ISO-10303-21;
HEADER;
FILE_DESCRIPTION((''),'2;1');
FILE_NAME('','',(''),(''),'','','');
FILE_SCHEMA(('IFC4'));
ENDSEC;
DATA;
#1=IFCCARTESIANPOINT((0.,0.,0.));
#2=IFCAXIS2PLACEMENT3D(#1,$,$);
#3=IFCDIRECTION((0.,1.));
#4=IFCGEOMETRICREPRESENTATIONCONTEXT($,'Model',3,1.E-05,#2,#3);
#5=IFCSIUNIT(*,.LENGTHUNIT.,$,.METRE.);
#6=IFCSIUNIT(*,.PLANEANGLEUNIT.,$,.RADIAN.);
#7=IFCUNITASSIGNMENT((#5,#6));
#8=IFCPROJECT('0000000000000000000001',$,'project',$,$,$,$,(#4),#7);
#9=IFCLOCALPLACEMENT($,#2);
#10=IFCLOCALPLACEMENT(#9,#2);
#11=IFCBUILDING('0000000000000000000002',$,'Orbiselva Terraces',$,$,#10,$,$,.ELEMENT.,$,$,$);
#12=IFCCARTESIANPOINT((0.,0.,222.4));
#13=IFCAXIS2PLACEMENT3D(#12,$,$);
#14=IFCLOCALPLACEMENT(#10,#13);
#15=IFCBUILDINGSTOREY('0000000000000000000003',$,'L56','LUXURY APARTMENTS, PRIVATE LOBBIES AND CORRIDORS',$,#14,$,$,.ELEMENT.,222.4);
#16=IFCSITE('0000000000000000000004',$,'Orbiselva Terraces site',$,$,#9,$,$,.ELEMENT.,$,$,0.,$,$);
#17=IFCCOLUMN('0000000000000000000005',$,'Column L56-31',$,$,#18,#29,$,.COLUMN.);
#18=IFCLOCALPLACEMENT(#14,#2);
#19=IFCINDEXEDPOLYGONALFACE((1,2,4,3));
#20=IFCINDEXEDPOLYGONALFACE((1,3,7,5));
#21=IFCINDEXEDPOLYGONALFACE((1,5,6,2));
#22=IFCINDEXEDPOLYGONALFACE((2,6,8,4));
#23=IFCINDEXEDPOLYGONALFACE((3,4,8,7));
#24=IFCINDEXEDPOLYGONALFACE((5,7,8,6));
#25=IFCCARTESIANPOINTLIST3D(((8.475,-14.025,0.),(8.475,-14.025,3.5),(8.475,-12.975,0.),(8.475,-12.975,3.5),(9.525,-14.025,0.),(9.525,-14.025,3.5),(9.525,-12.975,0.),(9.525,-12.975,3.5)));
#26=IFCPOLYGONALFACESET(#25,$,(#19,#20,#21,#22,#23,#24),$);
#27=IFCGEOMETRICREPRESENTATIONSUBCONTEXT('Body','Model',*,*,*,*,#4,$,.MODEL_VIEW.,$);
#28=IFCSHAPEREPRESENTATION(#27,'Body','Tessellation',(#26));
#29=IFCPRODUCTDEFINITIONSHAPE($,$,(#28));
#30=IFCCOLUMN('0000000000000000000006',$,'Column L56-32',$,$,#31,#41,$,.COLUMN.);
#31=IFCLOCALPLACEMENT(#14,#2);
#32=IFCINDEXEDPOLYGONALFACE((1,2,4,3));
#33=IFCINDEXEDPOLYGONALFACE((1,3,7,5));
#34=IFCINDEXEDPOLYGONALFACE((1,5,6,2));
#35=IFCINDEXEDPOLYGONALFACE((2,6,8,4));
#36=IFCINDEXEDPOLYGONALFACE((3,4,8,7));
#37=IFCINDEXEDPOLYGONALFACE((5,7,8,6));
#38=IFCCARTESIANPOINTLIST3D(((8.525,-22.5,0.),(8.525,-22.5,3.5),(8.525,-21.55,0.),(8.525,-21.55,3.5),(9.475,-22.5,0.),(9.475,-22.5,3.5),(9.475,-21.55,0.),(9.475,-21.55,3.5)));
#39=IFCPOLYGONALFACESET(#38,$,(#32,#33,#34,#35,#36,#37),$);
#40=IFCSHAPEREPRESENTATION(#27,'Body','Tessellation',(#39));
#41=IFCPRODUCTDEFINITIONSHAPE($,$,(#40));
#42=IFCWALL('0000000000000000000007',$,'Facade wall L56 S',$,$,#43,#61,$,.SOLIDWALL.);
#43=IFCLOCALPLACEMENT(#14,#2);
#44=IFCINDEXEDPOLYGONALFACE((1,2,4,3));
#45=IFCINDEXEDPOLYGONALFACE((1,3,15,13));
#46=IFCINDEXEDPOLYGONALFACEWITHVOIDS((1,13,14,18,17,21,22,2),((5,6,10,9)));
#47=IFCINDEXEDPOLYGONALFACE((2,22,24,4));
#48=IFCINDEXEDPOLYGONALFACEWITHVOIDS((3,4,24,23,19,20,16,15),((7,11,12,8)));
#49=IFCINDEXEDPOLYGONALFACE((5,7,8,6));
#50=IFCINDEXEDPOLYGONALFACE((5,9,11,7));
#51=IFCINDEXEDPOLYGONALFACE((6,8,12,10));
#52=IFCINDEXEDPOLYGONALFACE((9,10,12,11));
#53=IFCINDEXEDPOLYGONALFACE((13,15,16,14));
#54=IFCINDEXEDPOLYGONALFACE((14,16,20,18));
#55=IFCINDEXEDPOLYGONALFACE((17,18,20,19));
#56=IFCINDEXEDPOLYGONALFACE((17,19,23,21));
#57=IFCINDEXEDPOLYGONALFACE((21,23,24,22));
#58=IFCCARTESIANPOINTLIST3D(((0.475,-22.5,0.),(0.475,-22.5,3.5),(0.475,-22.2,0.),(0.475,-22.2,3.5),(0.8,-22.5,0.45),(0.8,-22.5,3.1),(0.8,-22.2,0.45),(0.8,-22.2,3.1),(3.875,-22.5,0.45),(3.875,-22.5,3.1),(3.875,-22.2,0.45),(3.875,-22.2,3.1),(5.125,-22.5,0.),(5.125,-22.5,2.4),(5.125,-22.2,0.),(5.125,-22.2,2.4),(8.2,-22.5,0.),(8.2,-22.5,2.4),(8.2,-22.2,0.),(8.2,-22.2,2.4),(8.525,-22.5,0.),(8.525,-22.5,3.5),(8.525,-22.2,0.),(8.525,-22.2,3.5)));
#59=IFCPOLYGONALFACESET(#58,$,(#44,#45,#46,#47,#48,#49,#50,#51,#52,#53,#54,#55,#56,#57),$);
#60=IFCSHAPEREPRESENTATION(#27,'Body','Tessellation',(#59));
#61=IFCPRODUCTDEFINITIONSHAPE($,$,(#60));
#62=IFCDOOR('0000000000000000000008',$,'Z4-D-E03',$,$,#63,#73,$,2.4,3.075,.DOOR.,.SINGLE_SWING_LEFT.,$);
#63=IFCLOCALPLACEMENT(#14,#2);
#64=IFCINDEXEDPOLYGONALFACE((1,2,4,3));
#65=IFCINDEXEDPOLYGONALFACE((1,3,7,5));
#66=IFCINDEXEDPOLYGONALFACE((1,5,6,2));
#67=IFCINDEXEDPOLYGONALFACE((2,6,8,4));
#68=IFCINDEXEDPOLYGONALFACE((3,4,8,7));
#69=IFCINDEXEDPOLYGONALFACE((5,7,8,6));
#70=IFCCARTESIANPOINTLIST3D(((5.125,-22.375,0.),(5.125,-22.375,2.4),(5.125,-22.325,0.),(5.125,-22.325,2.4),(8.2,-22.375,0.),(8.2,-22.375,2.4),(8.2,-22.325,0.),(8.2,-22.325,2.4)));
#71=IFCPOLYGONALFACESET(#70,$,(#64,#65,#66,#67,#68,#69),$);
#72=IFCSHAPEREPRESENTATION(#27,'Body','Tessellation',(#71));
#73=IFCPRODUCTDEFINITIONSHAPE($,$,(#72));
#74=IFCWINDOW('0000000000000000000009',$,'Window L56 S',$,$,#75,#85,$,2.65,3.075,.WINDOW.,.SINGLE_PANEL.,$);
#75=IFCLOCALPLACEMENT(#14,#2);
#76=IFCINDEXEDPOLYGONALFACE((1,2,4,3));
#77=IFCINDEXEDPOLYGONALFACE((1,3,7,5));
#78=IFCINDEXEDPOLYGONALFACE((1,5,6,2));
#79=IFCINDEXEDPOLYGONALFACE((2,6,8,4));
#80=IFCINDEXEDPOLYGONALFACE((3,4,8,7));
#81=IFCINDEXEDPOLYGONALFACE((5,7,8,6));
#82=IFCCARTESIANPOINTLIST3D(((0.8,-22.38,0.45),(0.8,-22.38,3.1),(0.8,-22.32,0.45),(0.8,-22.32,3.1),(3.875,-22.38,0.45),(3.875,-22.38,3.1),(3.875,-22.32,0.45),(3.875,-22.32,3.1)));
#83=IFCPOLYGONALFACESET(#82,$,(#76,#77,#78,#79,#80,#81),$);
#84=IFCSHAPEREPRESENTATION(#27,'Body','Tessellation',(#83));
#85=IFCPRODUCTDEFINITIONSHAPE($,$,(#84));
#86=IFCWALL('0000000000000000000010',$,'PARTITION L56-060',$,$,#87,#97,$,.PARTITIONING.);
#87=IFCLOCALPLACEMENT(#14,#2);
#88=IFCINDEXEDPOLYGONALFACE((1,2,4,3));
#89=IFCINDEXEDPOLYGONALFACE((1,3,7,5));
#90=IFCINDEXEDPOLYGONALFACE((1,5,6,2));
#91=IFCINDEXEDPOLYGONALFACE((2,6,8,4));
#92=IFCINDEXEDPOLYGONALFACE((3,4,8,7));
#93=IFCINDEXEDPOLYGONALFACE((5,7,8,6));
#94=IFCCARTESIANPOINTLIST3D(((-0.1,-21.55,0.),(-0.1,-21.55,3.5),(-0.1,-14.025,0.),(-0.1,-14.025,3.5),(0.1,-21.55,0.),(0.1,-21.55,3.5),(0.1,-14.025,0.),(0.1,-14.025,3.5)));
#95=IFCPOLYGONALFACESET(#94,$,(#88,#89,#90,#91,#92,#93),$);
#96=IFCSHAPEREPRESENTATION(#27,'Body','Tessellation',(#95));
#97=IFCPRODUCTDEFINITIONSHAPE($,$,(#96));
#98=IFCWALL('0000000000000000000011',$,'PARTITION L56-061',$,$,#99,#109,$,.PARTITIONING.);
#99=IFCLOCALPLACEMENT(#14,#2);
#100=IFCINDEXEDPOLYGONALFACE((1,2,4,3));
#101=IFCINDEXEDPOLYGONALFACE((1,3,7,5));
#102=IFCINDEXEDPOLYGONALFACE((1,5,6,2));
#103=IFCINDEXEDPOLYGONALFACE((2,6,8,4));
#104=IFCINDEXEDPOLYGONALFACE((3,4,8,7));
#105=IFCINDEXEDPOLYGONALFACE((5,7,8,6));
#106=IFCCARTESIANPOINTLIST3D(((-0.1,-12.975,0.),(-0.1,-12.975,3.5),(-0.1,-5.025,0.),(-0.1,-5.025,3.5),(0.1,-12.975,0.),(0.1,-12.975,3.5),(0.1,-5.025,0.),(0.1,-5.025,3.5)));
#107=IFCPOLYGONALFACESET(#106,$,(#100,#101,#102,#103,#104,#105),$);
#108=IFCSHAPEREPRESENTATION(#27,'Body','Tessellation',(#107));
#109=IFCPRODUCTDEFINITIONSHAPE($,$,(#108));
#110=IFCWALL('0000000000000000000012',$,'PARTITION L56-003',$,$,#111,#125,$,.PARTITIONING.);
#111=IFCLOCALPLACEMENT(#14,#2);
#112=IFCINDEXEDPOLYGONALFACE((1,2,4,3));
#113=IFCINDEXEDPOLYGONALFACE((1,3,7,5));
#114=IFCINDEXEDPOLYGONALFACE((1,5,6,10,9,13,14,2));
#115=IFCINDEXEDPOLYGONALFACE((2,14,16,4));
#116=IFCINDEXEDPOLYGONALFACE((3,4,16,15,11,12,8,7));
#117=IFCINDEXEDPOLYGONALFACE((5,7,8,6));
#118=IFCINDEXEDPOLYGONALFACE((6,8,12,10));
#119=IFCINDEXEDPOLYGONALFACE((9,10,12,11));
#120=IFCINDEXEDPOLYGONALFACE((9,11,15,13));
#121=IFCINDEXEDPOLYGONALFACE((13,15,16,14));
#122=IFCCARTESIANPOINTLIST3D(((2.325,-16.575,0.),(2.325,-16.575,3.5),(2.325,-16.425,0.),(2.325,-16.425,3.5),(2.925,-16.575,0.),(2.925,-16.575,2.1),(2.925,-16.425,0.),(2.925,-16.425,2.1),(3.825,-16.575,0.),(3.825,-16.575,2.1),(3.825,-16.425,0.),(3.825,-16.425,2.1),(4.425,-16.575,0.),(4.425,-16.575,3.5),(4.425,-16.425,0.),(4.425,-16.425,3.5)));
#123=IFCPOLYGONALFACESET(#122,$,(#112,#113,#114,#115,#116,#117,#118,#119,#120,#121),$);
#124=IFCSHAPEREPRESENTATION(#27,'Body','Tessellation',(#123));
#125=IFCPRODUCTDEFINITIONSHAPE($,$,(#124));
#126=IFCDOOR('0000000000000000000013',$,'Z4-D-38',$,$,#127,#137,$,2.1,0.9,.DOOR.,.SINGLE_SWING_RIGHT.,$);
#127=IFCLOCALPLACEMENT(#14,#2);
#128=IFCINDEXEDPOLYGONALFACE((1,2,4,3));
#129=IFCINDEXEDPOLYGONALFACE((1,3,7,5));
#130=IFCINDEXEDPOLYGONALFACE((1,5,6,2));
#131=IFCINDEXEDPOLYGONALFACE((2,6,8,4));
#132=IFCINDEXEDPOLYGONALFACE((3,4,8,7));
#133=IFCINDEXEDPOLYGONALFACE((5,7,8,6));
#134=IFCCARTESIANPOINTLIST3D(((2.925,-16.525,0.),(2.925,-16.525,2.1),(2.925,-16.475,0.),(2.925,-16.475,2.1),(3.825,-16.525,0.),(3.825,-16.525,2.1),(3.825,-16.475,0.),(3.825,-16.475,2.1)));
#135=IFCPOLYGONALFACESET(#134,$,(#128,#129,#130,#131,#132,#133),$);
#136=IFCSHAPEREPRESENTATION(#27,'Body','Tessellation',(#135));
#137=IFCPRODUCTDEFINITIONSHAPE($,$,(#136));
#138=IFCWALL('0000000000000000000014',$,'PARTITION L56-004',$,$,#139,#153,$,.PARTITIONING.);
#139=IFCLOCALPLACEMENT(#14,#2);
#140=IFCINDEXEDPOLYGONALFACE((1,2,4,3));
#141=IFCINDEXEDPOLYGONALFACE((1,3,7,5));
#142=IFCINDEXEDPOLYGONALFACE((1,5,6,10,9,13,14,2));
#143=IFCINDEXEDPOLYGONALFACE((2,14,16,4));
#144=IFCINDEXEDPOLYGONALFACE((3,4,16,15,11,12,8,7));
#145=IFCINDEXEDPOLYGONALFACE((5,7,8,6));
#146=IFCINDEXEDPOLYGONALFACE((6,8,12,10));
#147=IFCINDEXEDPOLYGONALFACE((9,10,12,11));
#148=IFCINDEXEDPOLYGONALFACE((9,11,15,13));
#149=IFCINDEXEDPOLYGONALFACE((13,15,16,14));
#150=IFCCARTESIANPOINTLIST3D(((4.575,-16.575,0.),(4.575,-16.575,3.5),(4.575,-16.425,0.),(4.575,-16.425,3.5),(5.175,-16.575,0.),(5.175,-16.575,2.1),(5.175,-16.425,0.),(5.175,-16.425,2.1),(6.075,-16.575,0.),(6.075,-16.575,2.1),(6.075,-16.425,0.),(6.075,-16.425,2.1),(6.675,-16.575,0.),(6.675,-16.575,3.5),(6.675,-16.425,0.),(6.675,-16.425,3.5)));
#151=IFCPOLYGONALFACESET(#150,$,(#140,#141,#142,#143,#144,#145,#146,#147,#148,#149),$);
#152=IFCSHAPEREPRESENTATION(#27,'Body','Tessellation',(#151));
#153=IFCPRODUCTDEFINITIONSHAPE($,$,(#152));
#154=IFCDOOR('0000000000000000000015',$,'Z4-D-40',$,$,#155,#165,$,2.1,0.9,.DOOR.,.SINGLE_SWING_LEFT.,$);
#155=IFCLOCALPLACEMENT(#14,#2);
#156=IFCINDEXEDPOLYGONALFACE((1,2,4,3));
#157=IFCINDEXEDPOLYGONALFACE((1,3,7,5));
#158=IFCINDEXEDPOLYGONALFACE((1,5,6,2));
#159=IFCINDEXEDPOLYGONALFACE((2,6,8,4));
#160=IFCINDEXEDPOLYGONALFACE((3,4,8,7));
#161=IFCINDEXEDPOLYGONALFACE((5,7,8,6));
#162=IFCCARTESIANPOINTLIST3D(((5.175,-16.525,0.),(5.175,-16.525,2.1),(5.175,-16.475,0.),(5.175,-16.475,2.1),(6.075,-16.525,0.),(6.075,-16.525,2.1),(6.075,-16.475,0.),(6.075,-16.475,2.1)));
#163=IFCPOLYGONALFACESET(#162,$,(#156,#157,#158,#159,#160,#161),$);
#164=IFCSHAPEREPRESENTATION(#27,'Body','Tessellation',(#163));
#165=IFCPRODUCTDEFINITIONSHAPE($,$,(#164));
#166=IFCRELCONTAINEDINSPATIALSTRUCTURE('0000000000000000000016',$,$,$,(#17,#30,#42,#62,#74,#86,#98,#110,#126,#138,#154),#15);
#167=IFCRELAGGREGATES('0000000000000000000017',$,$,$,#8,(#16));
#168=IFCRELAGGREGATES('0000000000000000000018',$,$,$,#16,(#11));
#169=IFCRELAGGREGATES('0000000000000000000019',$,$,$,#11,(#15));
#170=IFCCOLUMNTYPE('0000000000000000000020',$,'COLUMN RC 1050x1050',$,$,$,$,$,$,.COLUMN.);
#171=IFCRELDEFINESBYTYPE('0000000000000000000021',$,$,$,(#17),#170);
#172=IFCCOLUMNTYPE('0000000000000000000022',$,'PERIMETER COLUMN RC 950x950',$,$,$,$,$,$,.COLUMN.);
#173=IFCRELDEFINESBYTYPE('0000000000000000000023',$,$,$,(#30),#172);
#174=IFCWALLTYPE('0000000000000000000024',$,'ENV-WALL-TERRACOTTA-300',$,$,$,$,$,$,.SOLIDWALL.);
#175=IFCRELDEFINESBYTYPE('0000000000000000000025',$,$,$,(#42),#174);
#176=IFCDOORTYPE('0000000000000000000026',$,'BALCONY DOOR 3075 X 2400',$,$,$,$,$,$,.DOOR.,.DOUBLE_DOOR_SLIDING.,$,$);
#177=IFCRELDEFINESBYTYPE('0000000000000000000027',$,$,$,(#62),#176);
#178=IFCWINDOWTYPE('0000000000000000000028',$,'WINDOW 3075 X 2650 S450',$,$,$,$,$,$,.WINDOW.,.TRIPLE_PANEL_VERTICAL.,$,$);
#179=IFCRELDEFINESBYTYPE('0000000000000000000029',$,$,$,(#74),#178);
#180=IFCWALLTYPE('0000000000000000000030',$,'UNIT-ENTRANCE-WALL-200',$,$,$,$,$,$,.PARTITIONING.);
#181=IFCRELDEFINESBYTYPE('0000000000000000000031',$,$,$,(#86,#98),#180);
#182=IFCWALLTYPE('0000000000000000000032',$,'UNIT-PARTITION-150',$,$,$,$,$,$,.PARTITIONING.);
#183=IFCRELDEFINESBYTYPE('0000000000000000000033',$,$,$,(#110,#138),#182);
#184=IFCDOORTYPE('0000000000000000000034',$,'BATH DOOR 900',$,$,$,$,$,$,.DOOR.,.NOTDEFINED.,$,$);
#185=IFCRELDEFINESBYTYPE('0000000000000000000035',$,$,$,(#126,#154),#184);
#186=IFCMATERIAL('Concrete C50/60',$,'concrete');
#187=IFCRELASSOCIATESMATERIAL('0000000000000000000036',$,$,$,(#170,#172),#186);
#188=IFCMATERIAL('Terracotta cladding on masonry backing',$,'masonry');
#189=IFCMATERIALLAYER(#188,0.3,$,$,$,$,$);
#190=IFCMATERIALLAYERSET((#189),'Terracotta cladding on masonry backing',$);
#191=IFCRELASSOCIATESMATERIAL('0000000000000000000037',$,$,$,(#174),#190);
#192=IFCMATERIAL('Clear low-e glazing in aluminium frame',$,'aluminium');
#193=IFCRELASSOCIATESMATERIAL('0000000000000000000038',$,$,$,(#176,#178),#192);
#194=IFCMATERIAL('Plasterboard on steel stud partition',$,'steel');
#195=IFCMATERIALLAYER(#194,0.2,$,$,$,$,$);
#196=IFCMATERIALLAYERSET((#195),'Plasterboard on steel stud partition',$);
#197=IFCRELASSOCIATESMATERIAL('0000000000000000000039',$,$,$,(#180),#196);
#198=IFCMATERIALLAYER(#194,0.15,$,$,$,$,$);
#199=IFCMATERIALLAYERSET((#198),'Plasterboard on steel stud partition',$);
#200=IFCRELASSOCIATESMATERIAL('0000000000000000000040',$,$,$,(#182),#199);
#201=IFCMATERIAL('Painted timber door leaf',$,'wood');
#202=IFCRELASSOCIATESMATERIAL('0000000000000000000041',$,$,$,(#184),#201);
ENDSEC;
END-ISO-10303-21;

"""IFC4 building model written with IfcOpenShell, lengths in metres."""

from ifc_helpers import new_model, si_unit, direction, frame, frame_2d, origin, origin_2d, place, context, subcontext, project, spatial, rectangle, extrude, material, layer, layer_set, material_profile, profile_set, type_object, element, fill, save


model = new_model("IFC4")

# Units and contexts
model_context = context("Model", 3, precision=1e-05, world=origin(), true_north=direction((0.0, 1.0)))
body_context = subcontext(model_context, "Body", "Model", "MODEL_VIEW")
ifc_project = project(units=[si_unit("LENGTHUNIT", "METRE"), si_unit("PLANEANGLEUNIT", "RADIAN")], contexts=[model_context])

# Site, building, storey
site_placement = place(None, origin())
site = spatial("IfcSite", under=ifc_project, at=site_placement, Name="Orbiselva Terraces site", CompositionType="ELEMENT", RefElevation=0.0)
building_placement = place(site_placement, origin())
building = spatial("IfcBuilding", under=site, at=building_placement, Name="Orbiselva Terraces", CompositionType="ELEMENT")
storey_placement = place(building_placement, frame((0.0, 0.0, 222.4)))
storey = spatial("IfcBuildingStorey", under=building, at=storey_placement, Name="L56", Description="LUXURY APARTMENTS, PRIVATE LOBBIES AND CORRIDORS", CompositionType="ELEMENT", Elevation=222.4)

# Columns
ifc_material_1 = material(Name="Concrete C50/60", Category="concrete")
ifc_material_profile_1 = material_profile(ifc_material_1, rectangle(XDim=1.05, YDim=1.05, at=origin_2d()), Name="RC 1050x1050")
ifc_profile_set_1 = profile_set([ifc_material_profile_1], Name="Concrete C50/60")
column_type_1 = type_object("IfcColumnType", Name="COLUMN RC 1050x1050", PredefinedType="COLUMN", material=ifc_profile_set_1)
column_1_placement = place(storey_placement, frame((9.0, -13.5, 0.0), z_axis=(0.0, 0.0, 1.0), x_axis=(1.0, 0.0, 0.0)))
element("IfcColumn", 1, at=column_1_placement, inside=storey, type_object=column_type_1, Name="Column L56-31", PredefinedType="COLUMN", context=body_context, shape_type="SweptSolid", body=[
    extrude(rectangle(XDim=1.05, YDim=1.05, at=origin_2d()), origin(), (0.0, 0.0, 1.0), 3.5),
])
ifc_material_profile_2 = material_profile(ifc_material_1, rectangle(XDim=0.95, YDim=0.95, at=origin_2d()), Name="RC 950x950")
ifc_profile_set_2 = profile_set([ifc_material_profile_2], Name="Concrete C50/60")
column_type_2 = type_object("IfcColumnType", Name="PERIMETER COLUMN RC 950x950", PredefinedType="COLUMN", material=ifc_profile_set_2)
column_2_placement = place(storey_placement, frame((9.0, -22.025, 0.0), z_axis=(0.0, 0.0, 1.0), x_axis=(1.0, 0.0, 0.0)))
element("IfcColumn", 2, at=column_2_placement, inside=storey, type_object=column_type_2, Name="Column L56-32", PredefinedType="COLUMN", context=body_context, shape_type="SweptSolid", body=[
    extrude(rectangle(XDim=0.95, YDim=0.95, at=origin_2d()), origin(), (0.0, 0.0, 1.0), 3.5),
])

# Wall, openings, door, window
ifc_material_2 = material(Name="Terracotta cladding on masonry backing", Category="masonry")
ifc_layer_1 = layer(ifc_material_2, 0.3)
ifc_layer_set_1 = layer_set([ifc_layer_1], Name="Terracotta cladding on masonry backing")
wall_type_1 = type_object("IfcWallType", Name="ENV-WALL-TERRACOTTA-300", PredefinedType="SOLIDWALL", material=ifc_layer_set_1)
wall_1_placement = place(storey_placement, frame((8.525, -22.35, 0.0), z_axis=(0.0, 0.0, 1.0), x_axis=(-1.0, 0.0, 0.0)))
wall_1 = element("IfcWall", 3, at=wall_1_placement, inside=storey, type_object=wall_type_1, Name="Facade wall L56 S", PredefinedType="SOLIDWALL", context=body_context, shape_type="SweptSolid", body=[
    extrude(rectangle(XDim=8.05, YDim=0.3, at=frame_2d((4.025, 0.0))), origin(), (0.0, 0.0, 1.0), 3.5),
])
opening_1_placement = place(wall_1_placement, frame((4.65, 0.0, 0.45)))
opening_1 = element("IfcOpeningElement", 4, at=opening_1_placement, cuts=wall_1, PredefinedType="OPENING", context=body_context, shape_type="SweptSolid", body=[
    extrude(rectangle(XDim=3.075, YDim=2.65, at=frame_2d((1.5375, 1.325))), frame((0.0, 0.16, 0.0), z_axis=(0.0, -1.0, 0.0), x_axis=(1.0, 0.0, 0.0)), (0.0, 0.0, 1.0), 0.32),
])
opening_2_placement = place(wall_1_placement, frame((0.325, 0.0, 0.0)))
opening_2 = element("IfcOpeningElement", 5, at=opening_2_placement, cuts=wall_1, PredefinedType="OPENING", context=body_context, shape_type="SweptSolid", body=[
    extrude(rectangle(XDim=3.075, YDim=2.4, at=frame_2d((1.5375, 1.2))), frame((0.0, 0.16, 0.0), z_axis=(0.0, -1.0, 0.0), x_axis=(1.0, 0.0, 0.0)), (0.0, 0.0, 1.0), 0.32),
])
ifc_material_3 = material(Name="Clear low-e glazing in aluminium frame", Category="aluminium")
door_type_1 = type_object("IfcDoorType", Name="BALCONY DOOR 3075 X 2400", OperationType="DOUBLE_DOOR_SLIDING", PredefinedType="DOOR", material=ifc_material_3)
door_1_placement = place(opening_2_placement, origin())
door_1 = element("IfcDoor", 6, at=door_1_placement, inside=storey, type_object=door_type_1, Name="Z4-D-E03", OperationType="SINGLE_SWING_LEFT", OverallHeight=2.4, OverallWidth=3.075, PredefinedType="DOOR", context=body_context, shape_type="SweptSolid", body=[
    extrude(rectangle(XDim=3.075, YDim=2.4, at=frame_2d((1.5375, 1.2))), frame((0.0, 0.025, 0.0), z_axis=(0.0, -1.0, 0.0), x_axis=(1.0, 0.0, 0.0)), (0.0, 0.0, 1.0), 0.05),
])
fill(opening_2, door_1)
window_type = type_object("IfcWindowType", Name="WINDOW 3075 X 2650 S450", PartitioningType="TRIPLE_PANEL_VERTICAL", PredefinedType="WINDOW", material=ifc_material_3)
window_placement = place(opening_1_placement, origin())
window = element("IfcWindow", 7, at=window_placement, inside=storey, type_object=window_type, Name="Window L56 S", OverallHeight=2.65, OverallWidth=3.075, PartitioningType="SINGLE_PANEL", PredefinedType="WINDOW", context=body_context, shape_type="SweptSolid", body=[
    extrude(rectangle(XDim=3.075, YDim=2.65, at=frame_2d((1.5375, 1.325))), frame((0.0, 0.03, 0.0), z_axis=(0.0, -1.0, 0.0), x_axis=(1.0, 0.0, 0.0)), (0.0, 0.0, 1.0), 0.06),
])
fill(opening_1, window)

# Walls
ifc_material_4 = material(Name="Plasterboard on steel stud partition", Category="steel")
ifc_layer_2 = layer(ifc_material_4, 0.2)
ifc_layer_set_2 = layer_set([ifc_layer_2], Name="Plasterboard on steel stud partition")
wall_type_2 = type_object("IfcWallType", Name="UNIT-ENTRANCE-WALL-200", PredefinedType="PARTITIONING", material=ifc_layer_set_2)
wall_2_placement = place(storey_placement, frame((0.0, -21.55, 0.0), z_axis=(0.0, 0.0, 1.0), x_axis=(0.0, 1.0, 0.0)))
element("IfcWall", 8, at=wall_2_placement, inside=storey, type_object=wall_type_2, Name="PARTITION L56-060", PredefinedType="PARTITIONING", context=body_context, shape_type="SweptSolid", body=[
    extrude(rectangle(XDim=7.525, YDim=0.2, at=frame_2d((3.7625, 0.0))), origin(), (0.0, 0.0, 1.0), 3.5),
])
wall_3_placement = place(storey_placement, frame((0.0, -12.975, 0.0), z_axis=(0.0, 0.0, 1.0), x_axis=(0.0, 1.0, 0.0)))
element("IfcWall", 9, at=wall_3_placement, inside=storey, type_object=wall_type_2, Name="PARTITION L56-061", PredefinedType="PARTITIONING", context=body_context, shape_type="SweptSolid", body=[
    extrude(rectangle(XDim=7.95, YDim=0.2, at=frame_2d((3.975, 0.0))), origin(), (0.0, 0.0, 1.0), 3.5),
])

# Walls, openings, doors
ifc_layer_3 = layer(ifc_material_4, 0.15)
ifc_layer_set_3 = layer_set([ifc_layer_3], Name="Plasterboard on steel stud partition")
wall_type_3 = type_object("IfcWallType", Name="UNIT-PARTITION-150", PredefinedType="PARTITIONING", material=ifc_layer_set_3)
wall_4_placement = place(storey_placement, frame((2.325, -16.5, 0.0), z_axis=(0.0, 0.0, 1.0), x_axis=(1.0, 0.0, 0.0)))
wall_4 = element("IfcWall", 10, at=wall_4_placement, inside=storey, type_object=wall_type_3, Name="PARTITION L56-003", PredefinedType="PARTITIONING", context=body_context, shape_type="SweptSolid", body=[
    extrude(rectangle(XDim=2.1, YDim=0.15, at=frame_2d((1.05, 0.0))), origin(), (0.0, 0.0, 1.0), 3.5),
])
opening_3_placement = place(wall_4_placement, frame((0.6, 0.0, 0.0)))
opening_3 = element("IfcOpeningElement", 11, at=opening_3_placement, cuts=wall_4, PredefinedType="OPENING", context=body_context, shape_type="SweptSolid", body=[
    extrude(rectangle(XDim=0.9, YDim=2.1, at=frame_2d((0.45, 1.05))), frame((0.0, 0.085, 0.0), z_axis=(0.0, -1.0, 0.0), x_axis=(1.0, 0.0, 0.0)), (0.0, 0.0, 1.0), 0.17),
])
ifc_material_5 = material(Name="Painted timber door leaf", Category="wood")
door_type_2 = type_object("IfcDoorType", Name="BATH DOOR 900", OperationType="NOTDEFINED", PredefinedType="DOOR", material=ifc_material_5)
door_2_placement = place(opening_3_placement, origin())
door_2 = element("IfcDoor", 12, at=door_2_placement, inside=storey, type_object=door_type_2, Name="Z4-D-38", OperationType="SINGLE_SWING_RIGHT", OverallHeight=2.1, OverallWidth=0.9, PredefinedType="DOOR", context=body_context, shape_type="SweptSolid", body=[
    extrude(rectangle(XDim=0.9, YDim=2.1, at=frame_2d((0.45, 1.05))), frame((0.0, 0.025, 0.0), z_axis=(0.0, -1.0, 0.0), x_axis=(1.0, 0.0, 0.0)), (0.0, 0.0, 1.0), 0.05),
])
fill(opening_3, door_2)
wall_5_placement = place(storey_placement, frame((4.575, -16.5, 0.0), z_axis=(0.0, 0.0, 1.0), x_axis=(1.0, 0.0, 0.0)))
wall_5 = element("IfcWall", 13, at=wall_5_placement, inside=storey, type_object=wall_type_3, Name="PARTITION L56-004", PredefinedType="PARTITIONING", context=body_context, shape_type="SweptSolid", body=[
    extrude(rectangle(XDim=2.1, YDim=0.15, at=frame_2d((1.05, 0.0))), origin(), (0.0, 0.0, 1.0), 3.5),
])
opening_4_placement = place(wall_5_placement, frame((0.6, 0.0, 0.0)))
opening_4 = element("IfcOpeningElement", 14, at=opening_4_placement, cuts=wall_5, PredefinedType="OPENING", context=body_context, shape_type="SweptSolid", body=[
    extrude(rectangle(XDim=0.9, YDim=2.1, at=frame_2d((0.45, 1.05))), frame((0.0, 0.085, 0.0), z_axis=(0.0, -1.0, 0.0), x_axis=(1.0, 0.0, 0.0)), (0.0, 0.0, 1.0), 0.17),
])
door_3_placement = place(opening_4_placement, origin())
door_3 = element("IfcDoor", 15, at=door_3_placement, inside=storey, type_object=door_type_2, Name="Z4-D-40", OperationType="SINGLE_SWING_LEFT", OverallHeight=2.1, OverallWidth=0.9, PredefinedType="DOOR", context=body_context, shape_type="SweptSolid", body=[
    extrude(rectangle(XDim=0.9, YDim=2.1, at=frame_2d((0.45, 1.05))), frame((0.0, 0.025, 0.0), z_axis=(0.0, -1.0, 0.0), x_axis=(1.0, 0.0, 0.0)), (0.0, 0.0, 1.0), 0.05),
])
fill(opening_4, door_3)

save(model, "model.ifc")
